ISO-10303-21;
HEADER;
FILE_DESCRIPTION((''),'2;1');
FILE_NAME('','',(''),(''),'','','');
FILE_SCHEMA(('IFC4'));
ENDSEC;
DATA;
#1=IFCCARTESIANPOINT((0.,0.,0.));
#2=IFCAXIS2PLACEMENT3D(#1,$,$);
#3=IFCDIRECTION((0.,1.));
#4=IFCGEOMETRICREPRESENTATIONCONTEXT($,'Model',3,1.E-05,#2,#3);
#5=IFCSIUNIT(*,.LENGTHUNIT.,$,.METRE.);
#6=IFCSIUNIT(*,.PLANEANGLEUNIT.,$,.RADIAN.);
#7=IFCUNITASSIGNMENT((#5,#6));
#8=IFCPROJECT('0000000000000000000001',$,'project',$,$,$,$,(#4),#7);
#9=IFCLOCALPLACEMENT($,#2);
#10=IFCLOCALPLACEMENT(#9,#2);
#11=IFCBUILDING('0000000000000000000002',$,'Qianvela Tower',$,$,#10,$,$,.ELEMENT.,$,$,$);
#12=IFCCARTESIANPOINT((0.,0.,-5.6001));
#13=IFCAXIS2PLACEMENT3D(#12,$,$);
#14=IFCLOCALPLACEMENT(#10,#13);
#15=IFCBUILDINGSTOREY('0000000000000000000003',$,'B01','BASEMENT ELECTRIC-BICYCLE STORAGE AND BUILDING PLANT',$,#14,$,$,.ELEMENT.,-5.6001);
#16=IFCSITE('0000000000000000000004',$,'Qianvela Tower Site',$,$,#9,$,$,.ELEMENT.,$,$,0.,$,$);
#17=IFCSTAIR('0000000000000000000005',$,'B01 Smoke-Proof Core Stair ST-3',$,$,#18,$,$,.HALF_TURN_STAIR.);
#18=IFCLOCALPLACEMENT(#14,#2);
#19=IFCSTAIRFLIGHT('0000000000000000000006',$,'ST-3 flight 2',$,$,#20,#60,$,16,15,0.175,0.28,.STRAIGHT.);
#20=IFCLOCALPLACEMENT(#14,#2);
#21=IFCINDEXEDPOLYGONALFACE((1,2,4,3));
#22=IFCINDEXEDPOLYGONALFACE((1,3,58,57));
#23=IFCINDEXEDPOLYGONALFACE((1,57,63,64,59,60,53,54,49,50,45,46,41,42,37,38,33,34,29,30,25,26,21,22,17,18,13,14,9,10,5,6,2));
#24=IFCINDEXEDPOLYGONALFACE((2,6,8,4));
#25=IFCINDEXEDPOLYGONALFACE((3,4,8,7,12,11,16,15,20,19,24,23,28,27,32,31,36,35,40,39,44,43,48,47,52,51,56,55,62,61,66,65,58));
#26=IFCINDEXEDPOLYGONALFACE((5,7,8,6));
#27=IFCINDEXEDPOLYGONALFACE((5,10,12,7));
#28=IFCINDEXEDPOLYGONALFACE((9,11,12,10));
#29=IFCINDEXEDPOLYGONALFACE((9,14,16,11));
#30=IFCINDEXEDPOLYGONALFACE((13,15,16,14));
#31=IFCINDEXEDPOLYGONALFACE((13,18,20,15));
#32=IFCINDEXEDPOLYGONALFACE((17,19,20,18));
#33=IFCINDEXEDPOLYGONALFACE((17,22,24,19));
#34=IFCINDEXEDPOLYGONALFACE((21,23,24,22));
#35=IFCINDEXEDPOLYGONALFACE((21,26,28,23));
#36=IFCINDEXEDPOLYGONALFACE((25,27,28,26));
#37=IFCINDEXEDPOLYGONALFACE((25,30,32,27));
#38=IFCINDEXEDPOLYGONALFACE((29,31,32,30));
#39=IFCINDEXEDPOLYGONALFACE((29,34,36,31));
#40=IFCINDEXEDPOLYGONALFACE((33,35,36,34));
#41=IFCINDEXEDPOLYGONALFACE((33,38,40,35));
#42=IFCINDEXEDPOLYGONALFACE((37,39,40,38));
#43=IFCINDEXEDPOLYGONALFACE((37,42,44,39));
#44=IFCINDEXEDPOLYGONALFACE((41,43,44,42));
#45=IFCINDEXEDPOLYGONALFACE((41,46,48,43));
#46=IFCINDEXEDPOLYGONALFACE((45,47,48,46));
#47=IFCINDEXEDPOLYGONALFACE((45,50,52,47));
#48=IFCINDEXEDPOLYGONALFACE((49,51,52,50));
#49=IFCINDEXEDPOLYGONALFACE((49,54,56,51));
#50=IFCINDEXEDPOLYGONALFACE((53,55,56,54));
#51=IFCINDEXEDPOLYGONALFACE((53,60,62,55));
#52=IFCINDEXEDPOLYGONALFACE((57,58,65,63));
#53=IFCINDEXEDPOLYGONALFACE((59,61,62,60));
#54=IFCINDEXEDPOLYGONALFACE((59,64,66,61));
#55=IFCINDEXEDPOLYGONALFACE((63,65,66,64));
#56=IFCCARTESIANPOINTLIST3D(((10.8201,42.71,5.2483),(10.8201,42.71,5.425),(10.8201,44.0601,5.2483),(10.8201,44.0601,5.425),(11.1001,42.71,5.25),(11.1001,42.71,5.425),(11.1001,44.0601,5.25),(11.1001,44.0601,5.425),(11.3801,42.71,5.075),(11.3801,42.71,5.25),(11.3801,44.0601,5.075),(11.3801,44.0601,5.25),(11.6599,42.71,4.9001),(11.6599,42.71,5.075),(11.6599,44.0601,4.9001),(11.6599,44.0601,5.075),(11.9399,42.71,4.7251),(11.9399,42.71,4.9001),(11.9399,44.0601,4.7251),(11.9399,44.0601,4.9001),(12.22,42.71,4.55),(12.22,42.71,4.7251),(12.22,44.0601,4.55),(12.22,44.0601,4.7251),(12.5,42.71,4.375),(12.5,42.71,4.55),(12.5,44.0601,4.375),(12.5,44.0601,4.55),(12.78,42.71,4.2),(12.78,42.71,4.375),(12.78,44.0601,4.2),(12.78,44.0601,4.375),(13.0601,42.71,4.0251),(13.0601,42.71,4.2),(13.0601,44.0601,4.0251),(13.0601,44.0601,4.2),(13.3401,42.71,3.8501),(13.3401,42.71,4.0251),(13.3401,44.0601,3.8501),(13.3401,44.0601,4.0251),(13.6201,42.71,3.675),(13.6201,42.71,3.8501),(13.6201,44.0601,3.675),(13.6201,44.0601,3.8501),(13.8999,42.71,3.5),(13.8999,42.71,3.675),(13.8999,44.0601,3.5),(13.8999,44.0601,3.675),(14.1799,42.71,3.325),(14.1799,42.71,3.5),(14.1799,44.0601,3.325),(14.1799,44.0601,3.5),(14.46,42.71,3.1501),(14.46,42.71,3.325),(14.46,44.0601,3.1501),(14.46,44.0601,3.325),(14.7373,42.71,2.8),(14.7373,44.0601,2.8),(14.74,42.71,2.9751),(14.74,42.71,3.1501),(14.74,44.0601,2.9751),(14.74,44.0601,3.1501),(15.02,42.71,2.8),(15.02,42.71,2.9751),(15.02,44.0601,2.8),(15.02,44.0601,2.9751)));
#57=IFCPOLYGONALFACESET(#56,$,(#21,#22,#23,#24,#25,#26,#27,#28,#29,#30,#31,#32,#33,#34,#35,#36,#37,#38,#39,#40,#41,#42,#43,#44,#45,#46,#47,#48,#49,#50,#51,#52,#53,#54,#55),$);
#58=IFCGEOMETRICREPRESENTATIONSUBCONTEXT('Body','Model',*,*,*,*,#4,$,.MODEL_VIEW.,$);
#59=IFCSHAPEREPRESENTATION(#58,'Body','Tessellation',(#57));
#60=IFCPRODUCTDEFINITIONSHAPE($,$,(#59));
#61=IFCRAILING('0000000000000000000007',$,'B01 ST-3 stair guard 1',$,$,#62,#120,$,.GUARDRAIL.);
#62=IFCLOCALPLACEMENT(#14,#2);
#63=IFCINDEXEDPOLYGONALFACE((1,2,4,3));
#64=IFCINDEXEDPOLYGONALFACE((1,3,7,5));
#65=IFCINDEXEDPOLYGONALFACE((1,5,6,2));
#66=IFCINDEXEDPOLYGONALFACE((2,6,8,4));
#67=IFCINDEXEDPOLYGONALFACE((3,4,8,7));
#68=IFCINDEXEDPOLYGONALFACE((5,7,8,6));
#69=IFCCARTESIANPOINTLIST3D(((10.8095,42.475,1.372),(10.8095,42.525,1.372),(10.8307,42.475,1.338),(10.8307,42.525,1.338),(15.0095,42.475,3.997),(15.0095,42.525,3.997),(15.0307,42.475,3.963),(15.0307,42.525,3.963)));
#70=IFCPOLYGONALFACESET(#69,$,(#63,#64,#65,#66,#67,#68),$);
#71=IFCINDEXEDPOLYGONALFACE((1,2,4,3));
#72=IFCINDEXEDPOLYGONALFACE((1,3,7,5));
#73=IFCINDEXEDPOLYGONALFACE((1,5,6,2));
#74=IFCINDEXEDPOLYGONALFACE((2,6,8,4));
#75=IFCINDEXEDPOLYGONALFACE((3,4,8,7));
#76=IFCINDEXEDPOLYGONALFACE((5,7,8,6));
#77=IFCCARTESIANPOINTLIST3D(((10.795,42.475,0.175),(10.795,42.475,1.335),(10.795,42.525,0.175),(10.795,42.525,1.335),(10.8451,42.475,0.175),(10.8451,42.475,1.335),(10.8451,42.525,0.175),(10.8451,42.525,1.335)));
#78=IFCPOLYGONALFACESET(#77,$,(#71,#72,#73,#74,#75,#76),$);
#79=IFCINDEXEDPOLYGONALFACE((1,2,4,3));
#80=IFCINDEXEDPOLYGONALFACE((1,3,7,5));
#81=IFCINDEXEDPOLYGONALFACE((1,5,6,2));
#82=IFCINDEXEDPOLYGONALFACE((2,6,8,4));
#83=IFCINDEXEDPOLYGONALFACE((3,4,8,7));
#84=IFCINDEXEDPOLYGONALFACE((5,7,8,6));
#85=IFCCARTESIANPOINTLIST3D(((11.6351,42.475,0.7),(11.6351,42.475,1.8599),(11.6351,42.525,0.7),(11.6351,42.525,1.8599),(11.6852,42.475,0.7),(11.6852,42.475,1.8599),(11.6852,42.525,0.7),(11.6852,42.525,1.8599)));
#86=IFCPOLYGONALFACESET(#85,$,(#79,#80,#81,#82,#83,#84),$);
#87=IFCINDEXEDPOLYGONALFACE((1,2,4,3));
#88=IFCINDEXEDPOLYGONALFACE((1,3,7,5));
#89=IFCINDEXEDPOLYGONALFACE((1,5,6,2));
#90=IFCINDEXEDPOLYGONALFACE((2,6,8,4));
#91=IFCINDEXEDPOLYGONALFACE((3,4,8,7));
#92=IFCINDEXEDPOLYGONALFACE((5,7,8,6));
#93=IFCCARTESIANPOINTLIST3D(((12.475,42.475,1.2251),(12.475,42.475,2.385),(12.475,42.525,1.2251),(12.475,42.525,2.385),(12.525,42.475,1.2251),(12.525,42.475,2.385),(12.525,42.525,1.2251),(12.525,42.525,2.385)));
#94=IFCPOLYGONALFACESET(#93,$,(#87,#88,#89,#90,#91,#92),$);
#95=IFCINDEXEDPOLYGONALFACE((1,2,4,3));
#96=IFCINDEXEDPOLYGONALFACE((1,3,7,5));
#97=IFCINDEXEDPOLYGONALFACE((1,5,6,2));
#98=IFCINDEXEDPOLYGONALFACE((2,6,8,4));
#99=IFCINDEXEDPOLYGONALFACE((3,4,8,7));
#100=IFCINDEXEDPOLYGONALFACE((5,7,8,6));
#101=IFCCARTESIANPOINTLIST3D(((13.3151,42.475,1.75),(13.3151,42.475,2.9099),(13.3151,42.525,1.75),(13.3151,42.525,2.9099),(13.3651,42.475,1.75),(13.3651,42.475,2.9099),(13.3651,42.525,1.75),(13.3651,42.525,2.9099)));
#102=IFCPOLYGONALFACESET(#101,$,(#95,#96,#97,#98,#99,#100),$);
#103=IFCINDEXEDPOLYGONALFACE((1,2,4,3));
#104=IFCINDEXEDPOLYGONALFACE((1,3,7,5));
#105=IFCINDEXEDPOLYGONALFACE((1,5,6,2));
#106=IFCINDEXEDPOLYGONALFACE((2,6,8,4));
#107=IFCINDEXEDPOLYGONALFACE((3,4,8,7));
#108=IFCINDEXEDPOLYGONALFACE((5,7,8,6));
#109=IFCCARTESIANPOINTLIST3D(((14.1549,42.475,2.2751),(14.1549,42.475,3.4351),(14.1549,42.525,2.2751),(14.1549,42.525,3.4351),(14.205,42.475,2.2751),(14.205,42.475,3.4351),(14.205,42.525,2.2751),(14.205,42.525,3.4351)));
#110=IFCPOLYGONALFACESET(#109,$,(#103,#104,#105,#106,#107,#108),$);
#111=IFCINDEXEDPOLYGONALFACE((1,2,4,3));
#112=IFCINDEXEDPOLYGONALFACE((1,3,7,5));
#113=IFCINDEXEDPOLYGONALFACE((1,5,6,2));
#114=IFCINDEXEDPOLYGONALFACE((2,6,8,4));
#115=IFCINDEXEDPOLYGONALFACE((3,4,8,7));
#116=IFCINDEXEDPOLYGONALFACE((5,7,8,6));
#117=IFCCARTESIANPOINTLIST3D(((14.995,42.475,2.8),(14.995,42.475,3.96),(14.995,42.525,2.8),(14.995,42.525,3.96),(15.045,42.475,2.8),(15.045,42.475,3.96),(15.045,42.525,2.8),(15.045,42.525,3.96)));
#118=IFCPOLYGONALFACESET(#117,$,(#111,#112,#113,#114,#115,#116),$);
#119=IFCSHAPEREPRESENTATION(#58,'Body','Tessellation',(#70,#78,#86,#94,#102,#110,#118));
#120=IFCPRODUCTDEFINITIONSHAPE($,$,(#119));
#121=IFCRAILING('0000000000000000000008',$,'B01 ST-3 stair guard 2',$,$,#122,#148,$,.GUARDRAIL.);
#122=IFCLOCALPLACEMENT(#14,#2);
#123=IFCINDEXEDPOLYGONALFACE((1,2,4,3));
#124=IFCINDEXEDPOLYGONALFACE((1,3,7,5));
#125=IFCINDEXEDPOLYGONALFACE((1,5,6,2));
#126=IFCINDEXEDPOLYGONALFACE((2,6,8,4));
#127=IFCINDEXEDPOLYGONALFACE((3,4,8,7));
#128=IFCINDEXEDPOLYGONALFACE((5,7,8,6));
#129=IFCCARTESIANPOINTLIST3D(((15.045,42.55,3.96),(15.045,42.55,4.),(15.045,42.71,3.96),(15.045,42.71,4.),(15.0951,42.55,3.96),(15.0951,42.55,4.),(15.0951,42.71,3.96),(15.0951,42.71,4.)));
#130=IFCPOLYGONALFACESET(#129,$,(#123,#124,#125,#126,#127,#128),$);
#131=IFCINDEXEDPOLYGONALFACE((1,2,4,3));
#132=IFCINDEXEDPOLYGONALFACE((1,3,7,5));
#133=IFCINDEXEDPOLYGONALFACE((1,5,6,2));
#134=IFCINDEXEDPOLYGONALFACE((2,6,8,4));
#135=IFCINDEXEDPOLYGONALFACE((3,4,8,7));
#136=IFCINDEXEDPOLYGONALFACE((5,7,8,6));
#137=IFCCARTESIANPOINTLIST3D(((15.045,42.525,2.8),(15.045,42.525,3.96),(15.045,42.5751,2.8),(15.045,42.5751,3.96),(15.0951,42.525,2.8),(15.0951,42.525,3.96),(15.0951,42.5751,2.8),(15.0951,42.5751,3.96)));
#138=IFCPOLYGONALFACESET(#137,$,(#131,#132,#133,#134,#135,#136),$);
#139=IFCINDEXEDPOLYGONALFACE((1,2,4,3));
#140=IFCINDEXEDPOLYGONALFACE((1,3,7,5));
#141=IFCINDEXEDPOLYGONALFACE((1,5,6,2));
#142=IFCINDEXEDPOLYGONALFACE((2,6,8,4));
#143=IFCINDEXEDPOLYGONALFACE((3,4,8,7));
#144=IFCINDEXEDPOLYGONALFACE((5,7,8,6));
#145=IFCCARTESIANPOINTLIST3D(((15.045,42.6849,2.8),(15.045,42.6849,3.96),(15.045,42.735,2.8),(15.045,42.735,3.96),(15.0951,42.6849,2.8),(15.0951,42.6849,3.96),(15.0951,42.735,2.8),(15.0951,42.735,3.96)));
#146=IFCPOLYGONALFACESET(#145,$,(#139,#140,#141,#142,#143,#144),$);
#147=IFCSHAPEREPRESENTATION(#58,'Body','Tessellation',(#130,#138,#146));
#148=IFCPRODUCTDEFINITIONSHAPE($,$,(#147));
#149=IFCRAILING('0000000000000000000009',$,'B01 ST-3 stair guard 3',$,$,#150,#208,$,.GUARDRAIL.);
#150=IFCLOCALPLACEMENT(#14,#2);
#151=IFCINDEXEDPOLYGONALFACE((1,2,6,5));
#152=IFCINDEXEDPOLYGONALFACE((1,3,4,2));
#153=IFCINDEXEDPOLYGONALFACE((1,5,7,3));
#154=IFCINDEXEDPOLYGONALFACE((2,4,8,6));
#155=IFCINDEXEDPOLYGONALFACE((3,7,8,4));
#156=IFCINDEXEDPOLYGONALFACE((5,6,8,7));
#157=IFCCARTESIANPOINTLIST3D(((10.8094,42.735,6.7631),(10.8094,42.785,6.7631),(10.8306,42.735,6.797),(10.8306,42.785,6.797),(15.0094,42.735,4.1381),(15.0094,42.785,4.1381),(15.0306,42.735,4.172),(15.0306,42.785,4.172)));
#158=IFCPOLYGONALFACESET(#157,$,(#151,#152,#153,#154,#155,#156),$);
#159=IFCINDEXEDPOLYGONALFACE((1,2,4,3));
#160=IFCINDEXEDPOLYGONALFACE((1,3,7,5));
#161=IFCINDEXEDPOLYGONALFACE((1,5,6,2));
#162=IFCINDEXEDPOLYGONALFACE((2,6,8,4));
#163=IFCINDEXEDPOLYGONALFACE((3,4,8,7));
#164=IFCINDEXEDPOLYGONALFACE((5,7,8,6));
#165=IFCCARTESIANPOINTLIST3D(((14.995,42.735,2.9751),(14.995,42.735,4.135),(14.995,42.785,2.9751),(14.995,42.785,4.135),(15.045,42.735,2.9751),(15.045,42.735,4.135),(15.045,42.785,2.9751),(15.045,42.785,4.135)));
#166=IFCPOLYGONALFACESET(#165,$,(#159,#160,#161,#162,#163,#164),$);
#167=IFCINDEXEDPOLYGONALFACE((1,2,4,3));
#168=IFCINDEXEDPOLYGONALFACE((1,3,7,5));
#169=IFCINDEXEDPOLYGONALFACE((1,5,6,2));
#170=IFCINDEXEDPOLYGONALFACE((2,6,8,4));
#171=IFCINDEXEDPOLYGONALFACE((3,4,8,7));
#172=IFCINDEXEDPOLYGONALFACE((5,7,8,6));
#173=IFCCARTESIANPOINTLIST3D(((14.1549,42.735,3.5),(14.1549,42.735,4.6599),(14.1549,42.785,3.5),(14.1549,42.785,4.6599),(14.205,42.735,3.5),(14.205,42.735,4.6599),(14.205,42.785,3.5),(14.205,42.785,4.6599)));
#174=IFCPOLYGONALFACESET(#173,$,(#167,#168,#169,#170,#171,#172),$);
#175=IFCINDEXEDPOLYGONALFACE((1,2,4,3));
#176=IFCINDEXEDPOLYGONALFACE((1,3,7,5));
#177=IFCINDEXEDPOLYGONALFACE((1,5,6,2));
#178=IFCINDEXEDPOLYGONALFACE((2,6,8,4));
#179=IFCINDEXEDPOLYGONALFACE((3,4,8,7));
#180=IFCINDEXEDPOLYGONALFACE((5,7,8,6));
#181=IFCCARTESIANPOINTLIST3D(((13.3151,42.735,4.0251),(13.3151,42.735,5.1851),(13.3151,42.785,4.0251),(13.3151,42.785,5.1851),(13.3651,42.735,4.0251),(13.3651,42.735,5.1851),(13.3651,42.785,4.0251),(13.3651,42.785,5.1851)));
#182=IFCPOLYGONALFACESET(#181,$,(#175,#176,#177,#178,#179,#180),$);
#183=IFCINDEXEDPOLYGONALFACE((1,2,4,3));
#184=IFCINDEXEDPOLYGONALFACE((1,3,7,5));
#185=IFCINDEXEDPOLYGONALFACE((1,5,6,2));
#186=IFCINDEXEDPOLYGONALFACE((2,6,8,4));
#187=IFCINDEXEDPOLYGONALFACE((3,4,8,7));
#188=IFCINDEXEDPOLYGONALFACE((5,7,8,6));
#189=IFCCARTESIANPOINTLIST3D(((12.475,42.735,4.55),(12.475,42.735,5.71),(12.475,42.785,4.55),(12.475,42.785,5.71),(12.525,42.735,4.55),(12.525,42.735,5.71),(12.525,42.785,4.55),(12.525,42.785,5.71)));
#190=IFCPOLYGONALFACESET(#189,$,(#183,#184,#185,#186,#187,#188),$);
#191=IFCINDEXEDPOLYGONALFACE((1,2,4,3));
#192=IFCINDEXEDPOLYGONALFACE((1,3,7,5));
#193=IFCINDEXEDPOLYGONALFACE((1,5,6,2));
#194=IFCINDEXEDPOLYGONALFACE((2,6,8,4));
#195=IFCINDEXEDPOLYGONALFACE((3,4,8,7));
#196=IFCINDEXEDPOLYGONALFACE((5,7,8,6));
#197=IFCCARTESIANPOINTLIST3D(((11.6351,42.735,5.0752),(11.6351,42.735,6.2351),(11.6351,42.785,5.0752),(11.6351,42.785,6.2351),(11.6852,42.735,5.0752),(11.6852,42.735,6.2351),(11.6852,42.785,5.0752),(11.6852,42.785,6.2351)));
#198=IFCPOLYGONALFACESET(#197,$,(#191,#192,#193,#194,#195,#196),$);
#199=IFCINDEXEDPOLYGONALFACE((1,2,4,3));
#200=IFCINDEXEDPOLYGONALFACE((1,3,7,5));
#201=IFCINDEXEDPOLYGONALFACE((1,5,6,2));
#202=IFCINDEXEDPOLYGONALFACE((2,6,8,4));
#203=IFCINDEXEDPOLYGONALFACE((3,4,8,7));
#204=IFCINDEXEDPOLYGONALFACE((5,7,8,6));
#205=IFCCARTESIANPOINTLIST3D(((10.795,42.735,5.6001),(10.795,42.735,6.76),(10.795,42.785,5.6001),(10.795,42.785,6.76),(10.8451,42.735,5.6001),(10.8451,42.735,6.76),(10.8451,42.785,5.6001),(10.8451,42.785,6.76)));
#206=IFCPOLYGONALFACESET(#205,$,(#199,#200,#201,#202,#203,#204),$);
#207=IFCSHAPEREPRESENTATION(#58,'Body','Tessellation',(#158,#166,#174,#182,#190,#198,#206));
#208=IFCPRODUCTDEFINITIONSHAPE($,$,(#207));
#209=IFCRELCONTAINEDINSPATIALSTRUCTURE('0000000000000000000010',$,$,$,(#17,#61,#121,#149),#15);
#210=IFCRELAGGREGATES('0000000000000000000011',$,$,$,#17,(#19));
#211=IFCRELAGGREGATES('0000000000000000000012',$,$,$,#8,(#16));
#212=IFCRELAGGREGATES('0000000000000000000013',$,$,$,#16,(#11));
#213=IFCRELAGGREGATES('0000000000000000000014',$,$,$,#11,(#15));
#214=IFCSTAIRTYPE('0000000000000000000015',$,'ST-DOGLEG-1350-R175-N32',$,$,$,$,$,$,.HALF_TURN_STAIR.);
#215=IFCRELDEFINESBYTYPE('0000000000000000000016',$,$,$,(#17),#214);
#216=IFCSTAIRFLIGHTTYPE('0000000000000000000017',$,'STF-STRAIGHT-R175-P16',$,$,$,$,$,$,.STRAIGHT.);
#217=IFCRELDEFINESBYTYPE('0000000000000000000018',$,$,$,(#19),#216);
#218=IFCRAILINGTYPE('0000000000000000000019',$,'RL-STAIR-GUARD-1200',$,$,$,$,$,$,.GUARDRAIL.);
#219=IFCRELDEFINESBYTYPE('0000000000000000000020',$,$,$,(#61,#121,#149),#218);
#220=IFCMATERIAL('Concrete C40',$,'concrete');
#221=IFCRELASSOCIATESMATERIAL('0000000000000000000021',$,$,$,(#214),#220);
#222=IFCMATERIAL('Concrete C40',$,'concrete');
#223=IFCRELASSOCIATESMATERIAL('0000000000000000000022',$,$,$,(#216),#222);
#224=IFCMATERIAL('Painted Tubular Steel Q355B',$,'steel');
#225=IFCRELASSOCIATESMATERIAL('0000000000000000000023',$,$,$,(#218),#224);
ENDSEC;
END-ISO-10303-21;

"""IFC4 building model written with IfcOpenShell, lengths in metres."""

from ifc_helpers import new_model, si_unit, direction, frame, origin, origin_2d, place, context, subcontext, project, spatial, polyline, rectangle, outline, extrude, material, type_object, element, aggregate, save


model = new_model("IFC4")

# Units and contexts
model_context = context("Model", 3, precision=1e-05, world=origin(), true_north=direction((0.0, 1.0)))
body_context = subcontext(model_context, "Body", "Model", "MODEL_VIEW")
ifc_project = project(units=[si_unit("LENGTHUNIT", "METRE"), si_unit("PLANEANGLEUNIT", "RADIAN")], contexts=[model_context])

# Site, building, storey
site_placement = place(None, origin())
site = spatial("IfcSite", under=ifc_project, at=site_placement, Name="Qianvela Tower Site", CompositionType="ELEMENT", RefElevation=0.0)
building_placement = place(site_placement, origin())
building = spatial("IfcBuilding", under=site, at=building_placement, Name="Qianvela Tower", CompositionType="ELEMENT")
storey_placement = place(building_placement, frame((0.0, 0.0, -5.6001)))
storey = spatial("IfcBuildingStorey", under=building, at=storey_placement, Name="B01", Description="BASEMENT ELECTRIC-BICYCLE STORAGE AND BUILDING PLANT", CompositionType="ELEMENT", Elevation=-5.6001)

# Stair, stair flight
ifc_material_1 = material(Name="Concrete C40", Category="concrete")
stair_type = type_object("IfcStairType", Name="ST-DOGLEG-1350-R175-N32", PredefinedType="HALF_TURN_STAIR", material=ifc_material_1)
stair_placement = place(storey_placement, origin())
stair = element("IfcStair", 1, at=stair_placement, inside=storey, type_object=stair_type, Name="B01 Smoke-Proof Core Stair ST-3", PredefinedType="HALF_TURN_STAIR")
ifc_material_2 = material(Name="Concrete C40", Category="concrete")
stair_flight_type = type_object("IfcStairFlightType", Name="STF-STRAIGHT-R175-P16", PredefinedType="STRAIGHT", material=ifc_material_2)
stair_flight_1_placement = place(storey_placement, frame((15.02, 43.385, 2.8), z_axis=(0.0, 0.0, 1.0), x_axis=(-1.0, 0.0, 0.0)))
stair_flight_1 = element("IfcStairFlight", 2, at=stair_flight_1_placement, type_object=stair_flight_type, Name="ST-3 flight 2", NumberOfRisers=16, NumberOfTreads=15, PredefinedType="STRAIGHT", RiserHeight=0.175, TreadLength=0.28, context=body_context, shape_type="SweptSolid", body=[
    extrude(outline(polyline([(0.0, 0.0), (0.0, 0.175), (0.28, 0.175), (0.28, 0.3501), (0.5601, 0.3501), (0.5601, 0.5249), (0.8401, 0.5249), (0.8401, 0.7), (1.1201, 0.7), (1.1201, 0.875), (1.3999, 0.875), (1.3999, 1.05), (1.6799, 1.05), (1.6799, 1.2251), (1.96, 1.2251), (1.96, 1.3999), (2.24, 1.3999), (2.24, 1.575), (2.52, 1.575), (2.52, 1.75), (2.8, 1.75), (2.8, 1.925), (3.0801, 1.925), (3.0801, 2.1001), (3.3601, 2.1001), (3.3601, 2.2749), (3.6399, 2.2749), (3.6399, 2.45), (3.9199, 2.45), (3.9199, 2.625), (4.2, 2.625), (4.2, 2.8), (4.2, 2.4482), (0.2827, 0.0), (0.0, 0.0)])), frame((0.0, 0.675, 0.0), z_axis=(0.0, -1.0, 0.0), x_axis=(1.0, 0.0, 0.0)), (0.0, 0.0, 1.0), 1.3501),
])
aggregate(stair, [stair_flight_1])

# Railings
ifc_material_3 = material(Name="Painted Tubular Steel Q355B", Category="steel")
railing_type_1 = type_object("IfcRailingType", Name="RL-STAIR-GUARD-1200", PredefinedType="GUARDRAIL", material=ifc_material_3)
railing_1_placement = place(storey_placement, frame((10.8201, 42.5, 0.175)))
element("IfcRailing", 3, at=railing_1_placement, inside=storey, type_object=railing_type_1, Name="B01 ST-3 stair guard 1", PredefinedType="GUARDRAIL", context=body_context, shape_type="SweptSolid", body=[
    extrude(rectangle(XDim=0.05, YDim=0.04, at=origin_2d()), frame((0.0, 0.0, 1.1799), z_axis=(0.847996, 0.0, 0.530003), x_axis=(0.0, 1.0, 0.0)), (0.0, 0.0, 1.0), 4.9529),
    extrude(rectangle(XDim=0.05, YDim=0.05, at=origin_2d()), origin(), (0.0, 0.0, 1.0), 1.1599),
    extrude(rectangle(XDim=0.05, YDim=0.05, at=origin_2d()), frame((0.8401, 0.0, 0.5249)), (0.0, 0.0, 1.0), 1.1599),
    extrude(rectangle(XDim=0.05, YDim=0.05, at=origin_2d()), frame((1.6799, 0.0, 1.05)), (0.0, 0.0, 1.0), 1.1599),
    extrude(rectangle(XDim=0.05, YDim=0.05, at=origin_2d()), frame((2.52, 0.0, 1.575)), (0.0, 0.0, 1.0), 1.1599),
    extrude(rectangle(XDim=0.05, YDim=0.05, at=origin_2d()), frame((3.3599, 0.0, 2.1001)), (0.0, 0.0, 1.0), 1.1599),
    extrude(rectangle(XDim=0.05, YDim=0.05, at=origin_2d()), frame((4.2, 0.0, 2.625)), (0.0, 0.0, 1.0), 1.1599),
])
railing_2_placement = place(storey_placement, frame((15.0701, 42.55, 2.8)))
element("IfcRailing", 4, at=railing_2_placement, inside=storey, type_object=railing_type_1, Name="B01 ST-3 stair guard 2", PredefinedType="GUARDRAIL", context=body_context, shape_type="SweptSolid", body=[
    extrude(rectangle(XDim=0.05, YDim=0.04, at=origin_2d()), frame((0.0, 0.0, 1.1799), z_axis=(0.0, 1.0, 0.0), x_axis=(-1.0, 0.0, 0.0)), (0.0, 0.0, 1.0), 0.1599),
    extrude(rectangle(XDim=0.05, YDim=0.05, at=origin_2d()), origin(), (0.0, 0.0, 1.0), 1.1599),
    extrude(rectangle(XDim=0.05, YDim=0.05, at=origin_2d()), frame((0.0, 0.1599, 0.0)), (0.0, 0.0, 1.0), 1.1599),
])
railing_3_placement = place(storey_placement, frame((15.02, 42.76, 2.9751)))
element("IfcRailing", 5, at=railing_3_placement, inside=storey, type_object=railing_type_1, Name="B01 ST-3 stair guard 3", PredefinedType="GUARDRAIL", context=body_context, shape_type="SweptSolid", body=[
    extrude(rectangle(XDim=0.05, YDim=0.04, at=origin_2d()), frame((0.0, 0.0, 1.1799), z_axis=(-0.847996, 0.0, 0.530003), x_axis=(0.0, -1.0, 0.0)), (0.0, 0.0, 1.0), 4.9529),
    extrude(rectangle(XDim=0.05, YDim=0.05, at=origin_2d()), origin(), (0.0, 0.0, 1.0), 1.1599),
    extrude(rectangle(XDim=0.05, YDim=0.05, at=origin_2d()), frame((-0.8401, 0.0, 0.5249)), (0.0, 0.0, 1.0), 1.1599),
    extrude(rectangle(XDim=0.05, YDim=0.05, at=origin_2d()), frame((-1.6799, 0.0, 1.05)), (0.0, 0.0, 1.0), 1.1599),
    extrude(rectangle(XDim=0.05, YDim=0.05, at=origin_2d()), frame((-2.52, 0.0, 1.575)), (0.0, 0.0, 1.0), 1.1599),
    extrude(rectangle(XDim=0.05, YDim=0.05, at=origin_2d()), frame((-3.3599, 0.0, 2.1001)), (0.0, 0.0, 1.0), 1.1599),
    extrude(rectangle(XDim=0.05, YDim=0.05, at=origin_2d()), frame((-4.2, 0.0, 2.625)), (0.0, 0.0, 1.0), 1.1599),
])

save(model, "model.ifc")
